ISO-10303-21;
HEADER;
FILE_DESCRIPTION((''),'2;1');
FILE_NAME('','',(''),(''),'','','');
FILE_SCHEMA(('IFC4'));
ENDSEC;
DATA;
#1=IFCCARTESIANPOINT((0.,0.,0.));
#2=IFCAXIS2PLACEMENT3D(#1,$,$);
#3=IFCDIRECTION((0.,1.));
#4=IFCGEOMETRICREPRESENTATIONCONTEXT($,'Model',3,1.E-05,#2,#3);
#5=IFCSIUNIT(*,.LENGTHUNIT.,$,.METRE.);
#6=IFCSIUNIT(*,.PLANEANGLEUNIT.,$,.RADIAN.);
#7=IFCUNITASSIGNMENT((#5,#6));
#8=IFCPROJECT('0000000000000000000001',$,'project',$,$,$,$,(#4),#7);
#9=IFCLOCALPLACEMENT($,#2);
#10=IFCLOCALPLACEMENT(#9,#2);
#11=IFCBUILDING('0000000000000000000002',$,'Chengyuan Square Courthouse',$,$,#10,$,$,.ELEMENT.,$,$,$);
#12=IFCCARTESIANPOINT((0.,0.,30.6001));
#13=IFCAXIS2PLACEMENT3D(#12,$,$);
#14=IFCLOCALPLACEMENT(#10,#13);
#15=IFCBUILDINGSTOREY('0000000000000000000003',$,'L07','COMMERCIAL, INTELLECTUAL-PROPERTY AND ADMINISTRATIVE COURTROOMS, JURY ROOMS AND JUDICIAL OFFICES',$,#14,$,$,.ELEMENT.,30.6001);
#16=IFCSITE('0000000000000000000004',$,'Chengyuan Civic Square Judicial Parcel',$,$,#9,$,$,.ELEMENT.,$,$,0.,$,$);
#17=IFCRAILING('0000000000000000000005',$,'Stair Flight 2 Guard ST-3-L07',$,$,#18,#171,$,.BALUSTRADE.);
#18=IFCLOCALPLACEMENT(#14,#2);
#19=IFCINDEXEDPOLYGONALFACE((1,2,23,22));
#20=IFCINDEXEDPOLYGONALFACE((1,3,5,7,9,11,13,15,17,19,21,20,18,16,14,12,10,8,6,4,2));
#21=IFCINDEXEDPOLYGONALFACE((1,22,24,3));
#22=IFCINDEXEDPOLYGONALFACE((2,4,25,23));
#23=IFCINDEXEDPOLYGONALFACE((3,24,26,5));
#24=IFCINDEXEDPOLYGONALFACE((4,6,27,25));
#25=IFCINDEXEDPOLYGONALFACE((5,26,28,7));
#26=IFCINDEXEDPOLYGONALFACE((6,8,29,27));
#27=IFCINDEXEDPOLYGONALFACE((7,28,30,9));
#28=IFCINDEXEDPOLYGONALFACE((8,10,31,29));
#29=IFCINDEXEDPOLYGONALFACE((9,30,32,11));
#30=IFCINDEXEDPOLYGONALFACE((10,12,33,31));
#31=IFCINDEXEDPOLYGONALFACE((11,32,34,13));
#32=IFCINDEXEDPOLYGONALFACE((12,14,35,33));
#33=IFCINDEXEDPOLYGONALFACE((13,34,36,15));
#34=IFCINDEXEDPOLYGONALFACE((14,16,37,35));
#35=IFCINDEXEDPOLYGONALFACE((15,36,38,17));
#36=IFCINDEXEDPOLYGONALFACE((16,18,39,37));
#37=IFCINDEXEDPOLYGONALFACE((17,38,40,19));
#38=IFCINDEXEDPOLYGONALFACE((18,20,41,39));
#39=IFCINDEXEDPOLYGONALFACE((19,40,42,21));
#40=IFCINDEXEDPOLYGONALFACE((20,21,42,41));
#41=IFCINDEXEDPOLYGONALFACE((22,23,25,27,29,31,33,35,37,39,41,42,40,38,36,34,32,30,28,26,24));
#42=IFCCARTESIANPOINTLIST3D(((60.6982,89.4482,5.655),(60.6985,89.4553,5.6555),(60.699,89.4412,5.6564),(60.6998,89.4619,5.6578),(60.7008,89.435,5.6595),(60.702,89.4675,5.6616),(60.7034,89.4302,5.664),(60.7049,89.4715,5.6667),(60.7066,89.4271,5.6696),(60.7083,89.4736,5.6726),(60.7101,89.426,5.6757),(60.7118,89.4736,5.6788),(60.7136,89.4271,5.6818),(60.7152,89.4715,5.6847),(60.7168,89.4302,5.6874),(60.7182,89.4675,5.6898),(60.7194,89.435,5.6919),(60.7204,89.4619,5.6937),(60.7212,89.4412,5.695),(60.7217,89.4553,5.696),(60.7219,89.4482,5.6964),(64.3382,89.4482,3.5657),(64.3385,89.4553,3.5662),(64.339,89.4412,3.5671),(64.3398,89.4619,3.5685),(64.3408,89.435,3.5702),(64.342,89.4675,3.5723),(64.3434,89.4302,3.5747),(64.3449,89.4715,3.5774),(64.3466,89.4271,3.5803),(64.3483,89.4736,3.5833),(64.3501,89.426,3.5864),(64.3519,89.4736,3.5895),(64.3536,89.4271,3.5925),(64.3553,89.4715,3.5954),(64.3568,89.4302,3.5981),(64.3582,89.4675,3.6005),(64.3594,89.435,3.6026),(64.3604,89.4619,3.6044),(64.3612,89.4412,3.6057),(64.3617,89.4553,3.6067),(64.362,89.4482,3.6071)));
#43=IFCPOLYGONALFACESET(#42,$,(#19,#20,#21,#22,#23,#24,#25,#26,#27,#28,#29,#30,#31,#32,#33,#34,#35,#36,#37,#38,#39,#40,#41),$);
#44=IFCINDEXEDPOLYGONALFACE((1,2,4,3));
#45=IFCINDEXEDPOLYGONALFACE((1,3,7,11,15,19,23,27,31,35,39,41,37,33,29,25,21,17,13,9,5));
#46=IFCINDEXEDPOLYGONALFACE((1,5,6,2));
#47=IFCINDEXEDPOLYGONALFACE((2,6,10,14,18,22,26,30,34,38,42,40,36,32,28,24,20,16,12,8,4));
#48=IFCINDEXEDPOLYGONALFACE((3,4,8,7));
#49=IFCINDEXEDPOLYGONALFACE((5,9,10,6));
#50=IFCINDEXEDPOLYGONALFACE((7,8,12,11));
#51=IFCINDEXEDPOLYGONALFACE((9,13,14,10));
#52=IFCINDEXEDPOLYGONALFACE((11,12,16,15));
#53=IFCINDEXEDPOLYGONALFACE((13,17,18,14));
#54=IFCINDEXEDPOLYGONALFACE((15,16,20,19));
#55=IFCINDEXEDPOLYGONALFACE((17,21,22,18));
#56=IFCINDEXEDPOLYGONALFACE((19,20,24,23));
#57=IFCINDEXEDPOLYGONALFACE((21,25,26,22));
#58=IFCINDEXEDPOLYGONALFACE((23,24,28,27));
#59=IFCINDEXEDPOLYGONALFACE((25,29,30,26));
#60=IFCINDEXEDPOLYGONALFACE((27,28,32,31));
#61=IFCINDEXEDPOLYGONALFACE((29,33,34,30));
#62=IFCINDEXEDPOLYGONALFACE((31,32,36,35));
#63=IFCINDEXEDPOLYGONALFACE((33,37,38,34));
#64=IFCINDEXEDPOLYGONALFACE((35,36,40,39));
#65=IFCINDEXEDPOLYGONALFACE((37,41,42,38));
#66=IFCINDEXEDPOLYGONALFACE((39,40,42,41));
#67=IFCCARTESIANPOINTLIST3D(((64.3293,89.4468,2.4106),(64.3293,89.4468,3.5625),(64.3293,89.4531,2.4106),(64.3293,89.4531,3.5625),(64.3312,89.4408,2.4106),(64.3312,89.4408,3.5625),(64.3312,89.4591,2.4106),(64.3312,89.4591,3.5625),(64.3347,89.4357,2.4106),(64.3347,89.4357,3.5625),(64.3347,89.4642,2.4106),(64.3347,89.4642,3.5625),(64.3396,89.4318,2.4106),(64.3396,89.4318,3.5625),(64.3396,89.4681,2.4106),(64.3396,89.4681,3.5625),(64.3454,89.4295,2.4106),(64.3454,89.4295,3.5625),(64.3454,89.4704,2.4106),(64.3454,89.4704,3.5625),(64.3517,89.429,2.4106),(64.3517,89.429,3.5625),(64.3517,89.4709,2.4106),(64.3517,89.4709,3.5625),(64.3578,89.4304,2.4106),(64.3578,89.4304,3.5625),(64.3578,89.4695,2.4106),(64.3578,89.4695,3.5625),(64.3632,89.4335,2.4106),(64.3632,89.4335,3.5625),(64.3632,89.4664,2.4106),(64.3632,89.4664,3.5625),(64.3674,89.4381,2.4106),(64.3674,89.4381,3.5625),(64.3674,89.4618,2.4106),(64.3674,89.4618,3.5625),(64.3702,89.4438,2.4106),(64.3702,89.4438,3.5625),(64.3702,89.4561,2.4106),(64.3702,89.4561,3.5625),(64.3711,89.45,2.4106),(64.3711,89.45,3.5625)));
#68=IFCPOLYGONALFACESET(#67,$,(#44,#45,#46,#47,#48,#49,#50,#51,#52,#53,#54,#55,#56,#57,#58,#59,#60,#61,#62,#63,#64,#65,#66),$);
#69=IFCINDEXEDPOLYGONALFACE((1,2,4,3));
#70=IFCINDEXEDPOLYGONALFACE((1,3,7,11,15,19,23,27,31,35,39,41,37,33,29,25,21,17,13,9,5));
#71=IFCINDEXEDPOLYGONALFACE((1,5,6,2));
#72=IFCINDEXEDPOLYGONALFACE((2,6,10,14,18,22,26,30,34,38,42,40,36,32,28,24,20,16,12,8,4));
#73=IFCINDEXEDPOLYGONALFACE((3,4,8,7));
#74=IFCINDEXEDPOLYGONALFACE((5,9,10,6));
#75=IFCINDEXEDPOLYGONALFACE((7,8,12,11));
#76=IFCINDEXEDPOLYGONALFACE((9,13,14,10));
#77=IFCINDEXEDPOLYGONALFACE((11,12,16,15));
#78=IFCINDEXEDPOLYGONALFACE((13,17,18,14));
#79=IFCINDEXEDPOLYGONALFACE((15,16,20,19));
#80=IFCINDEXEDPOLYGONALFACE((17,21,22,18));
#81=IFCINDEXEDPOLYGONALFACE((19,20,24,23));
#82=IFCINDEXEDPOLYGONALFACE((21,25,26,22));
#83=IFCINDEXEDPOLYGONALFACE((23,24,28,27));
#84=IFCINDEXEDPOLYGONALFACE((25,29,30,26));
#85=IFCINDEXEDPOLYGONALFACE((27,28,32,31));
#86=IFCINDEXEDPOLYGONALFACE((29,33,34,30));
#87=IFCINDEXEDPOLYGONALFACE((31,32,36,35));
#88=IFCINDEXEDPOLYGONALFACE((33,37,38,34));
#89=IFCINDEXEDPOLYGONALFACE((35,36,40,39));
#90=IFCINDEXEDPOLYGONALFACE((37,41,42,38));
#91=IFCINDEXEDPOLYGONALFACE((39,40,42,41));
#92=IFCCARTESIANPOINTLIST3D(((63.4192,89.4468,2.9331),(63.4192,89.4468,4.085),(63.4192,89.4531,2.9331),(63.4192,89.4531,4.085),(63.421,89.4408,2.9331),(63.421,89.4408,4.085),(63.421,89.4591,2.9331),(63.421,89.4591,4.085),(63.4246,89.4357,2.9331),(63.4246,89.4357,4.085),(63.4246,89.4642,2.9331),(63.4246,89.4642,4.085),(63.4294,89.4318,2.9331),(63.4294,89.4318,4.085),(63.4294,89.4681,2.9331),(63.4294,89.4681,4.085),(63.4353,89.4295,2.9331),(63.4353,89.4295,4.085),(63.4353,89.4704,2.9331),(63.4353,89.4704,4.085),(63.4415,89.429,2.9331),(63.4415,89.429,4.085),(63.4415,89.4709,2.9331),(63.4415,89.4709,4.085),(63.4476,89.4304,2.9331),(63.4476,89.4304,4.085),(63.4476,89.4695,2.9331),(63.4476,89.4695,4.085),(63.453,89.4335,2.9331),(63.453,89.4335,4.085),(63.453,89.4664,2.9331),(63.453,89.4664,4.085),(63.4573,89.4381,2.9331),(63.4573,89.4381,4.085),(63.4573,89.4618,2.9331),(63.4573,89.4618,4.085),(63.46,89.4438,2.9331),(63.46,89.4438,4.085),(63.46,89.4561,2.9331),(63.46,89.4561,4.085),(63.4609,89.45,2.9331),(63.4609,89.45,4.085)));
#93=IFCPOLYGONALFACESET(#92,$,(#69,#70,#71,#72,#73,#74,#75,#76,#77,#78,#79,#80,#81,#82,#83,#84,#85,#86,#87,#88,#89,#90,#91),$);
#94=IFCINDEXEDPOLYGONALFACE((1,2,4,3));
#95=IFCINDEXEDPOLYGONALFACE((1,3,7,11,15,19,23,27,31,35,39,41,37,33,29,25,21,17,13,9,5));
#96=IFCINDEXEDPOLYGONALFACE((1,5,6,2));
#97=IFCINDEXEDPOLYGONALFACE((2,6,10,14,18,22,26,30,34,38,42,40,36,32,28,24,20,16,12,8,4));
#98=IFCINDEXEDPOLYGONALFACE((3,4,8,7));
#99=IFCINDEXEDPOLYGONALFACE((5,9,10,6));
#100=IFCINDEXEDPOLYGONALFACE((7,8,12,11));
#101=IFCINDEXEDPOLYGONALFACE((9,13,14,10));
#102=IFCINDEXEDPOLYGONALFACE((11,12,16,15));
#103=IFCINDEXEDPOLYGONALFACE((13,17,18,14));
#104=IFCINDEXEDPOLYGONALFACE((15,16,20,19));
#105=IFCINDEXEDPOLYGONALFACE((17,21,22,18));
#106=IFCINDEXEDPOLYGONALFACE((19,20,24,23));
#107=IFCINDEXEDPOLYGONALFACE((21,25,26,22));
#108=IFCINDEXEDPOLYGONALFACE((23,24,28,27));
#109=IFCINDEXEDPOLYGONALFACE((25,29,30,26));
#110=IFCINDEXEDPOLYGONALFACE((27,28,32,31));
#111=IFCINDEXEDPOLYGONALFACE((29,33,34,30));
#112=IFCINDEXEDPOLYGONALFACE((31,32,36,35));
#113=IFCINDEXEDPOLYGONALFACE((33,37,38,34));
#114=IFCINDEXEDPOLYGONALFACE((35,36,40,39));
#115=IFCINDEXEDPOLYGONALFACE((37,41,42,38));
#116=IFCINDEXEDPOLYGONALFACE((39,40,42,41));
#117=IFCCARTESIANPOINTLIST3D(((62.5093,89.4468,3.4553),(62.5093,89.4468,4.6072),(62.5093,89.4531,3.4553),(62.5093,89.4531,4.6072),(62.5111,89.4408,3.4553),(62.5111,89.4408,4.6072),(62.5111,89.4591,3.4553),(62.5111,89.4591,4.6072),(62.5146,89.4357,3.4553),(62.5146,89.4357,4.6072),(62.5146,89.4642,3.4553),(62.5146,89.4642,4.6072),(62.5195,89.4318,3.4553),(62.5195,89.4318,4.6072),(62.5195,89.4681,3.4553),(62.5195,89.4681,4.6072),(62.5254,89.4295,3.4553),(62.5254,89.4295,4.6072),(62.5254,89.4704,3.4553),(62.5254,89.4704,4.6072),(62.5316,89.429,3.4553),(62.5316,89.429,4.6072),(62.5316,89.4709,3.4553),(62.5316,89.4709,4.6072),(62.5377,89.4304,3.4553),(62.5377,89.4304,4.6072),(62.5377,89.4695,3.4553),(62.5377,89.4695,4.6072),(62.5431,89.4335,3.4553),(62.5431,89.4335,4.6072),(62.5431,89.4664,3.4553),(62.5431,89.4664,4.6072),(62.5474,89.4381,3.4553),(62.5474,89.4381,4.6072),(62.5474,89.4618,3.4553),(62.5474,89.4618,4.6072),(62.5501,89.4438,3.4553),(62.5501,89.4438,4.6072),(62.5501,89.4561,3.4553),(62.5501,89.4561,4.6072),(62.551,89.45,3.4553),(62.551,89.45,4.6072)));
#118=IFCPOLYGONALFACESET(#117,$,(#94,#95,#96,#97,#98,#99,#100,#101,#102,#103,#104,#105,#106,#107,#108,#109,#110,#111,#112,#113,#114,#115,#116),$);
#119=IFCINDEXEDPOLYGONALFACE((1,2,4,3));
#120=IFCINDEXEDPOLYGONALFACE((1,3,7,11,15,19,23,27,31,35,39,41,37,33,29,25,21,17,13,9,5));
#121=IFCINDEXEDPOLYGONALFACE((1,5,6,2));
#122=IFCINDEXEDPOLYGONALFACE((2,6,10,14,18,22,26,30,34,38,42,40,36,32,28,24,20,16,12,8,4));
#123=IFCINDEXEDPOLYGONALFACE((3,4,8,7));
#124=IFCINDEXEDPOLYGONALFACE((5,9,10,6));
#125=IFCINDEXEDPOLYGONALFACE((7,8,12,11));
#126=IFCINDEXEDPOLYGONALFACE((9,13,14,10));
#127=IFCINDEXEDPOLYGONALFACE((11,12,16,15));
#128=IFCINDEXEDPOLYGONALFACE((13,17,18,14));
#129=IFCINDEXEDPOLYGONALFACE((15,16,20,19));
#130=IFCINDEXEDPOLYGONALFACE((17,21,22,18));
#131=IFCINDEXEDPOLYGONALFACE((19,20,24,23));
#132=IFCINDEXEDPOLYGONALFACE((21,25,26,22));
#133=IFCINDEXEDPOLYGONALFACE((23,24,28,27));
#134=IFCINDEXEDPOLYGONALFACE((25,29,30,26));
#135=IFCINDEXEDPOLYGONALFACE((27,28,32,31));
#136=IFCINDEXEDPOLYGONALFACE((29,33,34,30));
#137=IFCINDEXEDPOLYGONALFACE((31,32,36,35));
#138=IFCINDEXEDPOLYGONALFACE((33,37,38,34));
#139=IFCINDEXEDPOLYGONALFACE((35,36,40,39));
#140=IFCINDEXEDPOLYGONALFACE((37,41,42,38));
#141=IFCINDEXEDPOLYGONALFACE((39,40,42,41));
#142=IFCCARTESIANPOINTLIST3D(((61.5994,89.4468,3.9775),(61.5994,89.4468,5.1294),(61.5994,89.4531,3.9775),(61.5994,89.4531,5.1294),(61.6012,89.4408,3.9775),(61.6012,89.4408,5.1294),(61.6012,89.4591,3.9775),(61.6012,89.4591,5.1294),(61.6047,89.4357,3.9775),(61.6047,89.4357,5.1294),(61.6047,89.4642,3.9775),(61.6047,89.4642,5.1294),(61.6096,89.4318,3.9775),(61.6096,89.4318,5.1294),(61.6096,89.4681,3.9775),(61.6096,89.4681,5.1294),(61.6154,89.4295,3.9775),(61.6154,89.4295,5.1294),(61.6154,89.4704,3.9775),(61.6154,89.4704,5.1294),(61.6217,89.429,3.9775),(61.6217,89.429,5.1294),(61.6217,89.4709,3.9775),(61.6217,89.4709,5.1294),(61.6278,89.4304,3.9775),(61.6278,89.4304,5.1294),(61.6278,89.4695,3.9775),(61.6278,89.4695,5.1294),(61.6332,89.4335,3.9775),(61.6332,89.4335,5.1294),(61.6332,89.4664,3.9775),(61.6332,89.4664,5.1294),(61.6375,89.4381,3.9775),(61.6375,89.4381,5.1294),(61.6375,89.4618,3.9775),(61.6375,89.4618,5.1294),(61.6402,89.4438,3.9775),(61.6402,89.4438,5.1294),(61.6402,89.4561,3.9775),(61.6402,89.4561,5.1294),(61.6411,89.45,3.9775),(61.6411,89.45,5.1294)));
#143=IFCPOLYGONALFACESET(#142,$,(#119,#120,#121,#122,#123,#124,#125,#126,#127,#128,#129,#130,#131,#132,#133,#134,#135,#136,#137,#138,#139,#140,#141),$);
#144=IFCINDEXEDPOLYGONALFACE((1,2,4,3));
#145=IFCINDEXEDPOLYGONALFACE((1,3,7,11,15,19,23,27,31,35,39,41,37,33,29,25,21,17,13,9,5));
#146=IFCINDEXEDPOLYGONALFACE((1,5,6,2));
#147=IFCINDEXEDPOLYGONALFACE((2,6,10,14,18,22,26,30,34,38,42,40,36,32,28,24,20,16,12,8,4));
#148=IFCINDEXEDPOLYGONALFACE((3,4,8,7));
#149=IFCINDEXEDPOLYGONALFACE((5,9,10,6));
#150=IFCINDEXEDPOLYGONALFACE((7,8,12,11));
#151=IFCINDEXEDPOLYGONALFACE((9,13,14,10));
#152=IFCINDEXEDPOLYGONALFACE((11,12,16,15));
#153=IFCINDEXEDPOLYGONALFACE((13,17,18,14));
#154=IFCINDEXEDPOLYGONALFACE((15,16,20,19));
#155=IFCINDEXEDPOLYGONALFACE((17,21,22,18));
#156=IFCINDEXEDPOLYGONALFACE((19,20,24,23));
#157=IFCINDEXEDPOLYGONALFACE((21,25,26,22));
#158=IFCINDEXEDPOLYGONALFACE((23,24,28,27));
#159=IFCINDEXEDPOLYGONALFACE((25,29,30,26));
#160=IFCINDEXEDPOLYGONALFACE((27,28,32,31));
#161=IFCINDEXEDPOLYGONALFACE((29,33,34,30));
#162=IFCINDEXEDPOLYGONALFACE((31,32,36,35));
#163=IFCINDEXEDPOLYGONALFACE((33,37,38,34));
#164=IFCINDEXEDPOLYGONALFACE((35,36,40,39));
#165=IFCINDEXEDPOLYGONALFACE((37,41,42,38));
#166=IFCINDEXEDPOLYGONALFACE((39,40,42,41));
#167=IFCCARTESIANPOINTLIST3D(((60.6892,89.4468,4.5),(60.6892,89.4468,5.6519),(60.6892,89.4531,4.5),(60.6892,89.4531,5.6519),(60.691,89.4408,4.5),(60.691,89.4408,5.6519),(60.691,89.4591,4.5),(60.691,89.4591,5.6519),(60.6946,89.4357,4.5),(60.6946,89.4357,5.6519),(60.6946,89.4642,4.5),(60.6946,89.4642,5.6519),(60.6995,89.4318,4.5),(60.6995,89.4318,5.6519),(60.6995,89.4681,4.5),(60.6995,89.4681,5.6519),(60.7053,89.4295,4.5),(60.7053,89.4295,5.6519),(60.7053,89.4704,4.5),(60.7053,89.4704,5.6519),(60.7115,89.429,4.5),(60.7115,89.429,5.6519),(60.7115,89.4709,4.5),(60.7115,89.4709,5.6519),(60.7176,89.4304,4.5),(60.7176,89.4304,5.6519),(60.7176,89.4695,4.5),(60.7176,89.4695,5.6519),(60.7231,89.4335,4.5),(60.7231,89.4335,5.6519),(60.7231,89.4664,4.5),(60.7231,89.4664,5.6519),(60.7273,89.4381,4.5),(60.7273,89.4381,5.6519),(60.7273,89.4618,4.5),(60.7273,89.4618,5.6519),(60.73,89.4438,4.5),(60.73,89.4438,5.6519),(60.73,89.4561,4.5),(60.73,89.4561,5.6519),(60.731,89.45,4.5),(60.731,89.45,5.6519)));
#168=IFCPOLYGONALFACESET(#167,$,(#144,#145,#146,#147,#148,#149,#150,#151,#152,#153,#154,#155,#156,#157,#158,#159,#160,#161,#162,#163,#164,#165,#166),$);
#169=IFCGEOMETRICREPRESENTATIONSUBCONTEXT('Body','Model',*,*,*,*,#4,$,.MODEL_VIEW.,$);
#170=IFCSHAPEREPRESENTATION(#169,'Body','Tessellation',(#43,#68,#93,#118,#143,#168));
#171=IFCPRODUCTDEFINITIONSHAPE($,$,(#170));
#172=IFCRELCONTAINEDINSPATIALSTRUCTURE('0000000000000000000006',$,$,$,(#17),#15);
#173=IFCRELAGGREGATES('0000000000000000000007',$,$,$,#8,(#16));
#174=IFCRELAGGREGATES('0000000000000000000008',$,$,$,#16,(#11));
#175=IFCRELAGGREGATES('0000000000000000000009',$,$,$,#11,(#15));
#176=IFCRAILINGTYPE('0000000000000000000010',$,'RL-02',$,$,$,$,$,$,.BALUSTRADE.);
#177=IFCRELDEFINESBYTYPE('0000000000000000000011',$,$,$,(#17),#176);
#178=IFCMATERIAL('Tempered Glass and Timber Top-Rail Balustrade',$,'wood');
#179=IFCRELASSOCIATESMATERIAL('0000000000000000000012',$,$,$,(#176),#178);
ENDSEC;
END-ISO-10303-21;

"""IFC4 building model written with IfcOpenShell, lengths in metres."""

from ifc_helpers import new_model, si_unit, direction, frame, origin, origin_2d, place, context, subcontext, project, spatial, circle, extrude, material, type_object, element, save


model = new_model("IFC4")

# Units and contexts
model_context = context("Model", 3, precision=1e-05, world=origin(), true_north=direction((0.0, 1.0)))
body_context = subcontext(model_context, "Body", "Model", "MODEL_VIEW")
ifc_project = project(units=[si_unit("LENGTHUNIT", "METRE"), si_unit("PLANEANGLEUNIT", "RADIAN")], contexts=[model_context])

# Site, building, storey
site_placement = place(None, origin())
site = spatial("IfcSite", under=ifc_project, at=site_placement, Name="Chengyuan Civic Square Judicial Parcel", CompositionType="ELEMENT", RefElevation=0.0)
building_placement = place(site_placement, origin())
building = spatial("IfcBuilding", under=site, at=building_placement, Name="Chengyuan Square Courthouse", CompositionType="ELEMENT")
storey_placement = place(building_placement, frame((0.0, 0.0, 30.6001)))
storey = spatial("IfcBuildingStorey", under=building, at=storey_placement, Name="L07", Description="COMMERCIAL, INTELLECTUAL-PROPERTY AND ADMINISTRATIVE COURTROOMS, JURY ROOMS AND JUDICIAL OFFICES", CompositionType="ELEMENT", Elevation=30.6001)

# Railing
ifc_material_1 = material(Name="Tempered Glass and Timber Top-Rail Balustrade", Category="wood")
railing_type_1 = type_object("IfcRailingType", Name="RL-02", PredefinedType="BALUSTRADE", material=ifc_material_1)
railing_1_placement = place(storey_placement, frame((64.3501, 89.45, 2.4106)))
element("IfcRailing", 1, at=railing_1_placement, inside=storey, type_object=railing_type_1, Name="Stair Flight 2 Guard ST-3-L07", PredefinedType="BALUSTRADE", context=body_context, shape_type="SweptSolid", body=[
    extrude(circle(Radius=0.0239, at=origin_2d()), frame((0.0, 0.0, 1.1758), z_axis=(-0.867289, 0.0, 0.497804), x_axis=(0.0, -1.0, 0.0)), (0.0, 0.0, 1.0), 4.197),
    extrude(circle(Radius=0.021, at=origin_2d()), origin(), (0.0, 0.0, 1.0), 1.1519),
    extrude(circle(Radius=0.021, at=origin_2d()), frame((-0.9102, 0.0, 0.5225)), (0.0, 0.0, 1.0), 1.1519),
    extrude(circle(Radius=0.021, at=origin_2d()), frame((-1.8201, 0.0, 1.0447)), (0.0, 0.0, 1.0), 1.1519),
    extrude(circle(Radius=0.021, at=origin_2d()), frame((-2.73, 0.0, 1.5669)), (0.0, 0.0, 1.0), 1.1519),
    extrude(circle(Radius=0.021, at=origin_2d()), frame((-3.6401, 0.0, 2.0894)), (0.0, 0.0, 1.0), 1.1519),
])

save(model, "model.ifc")
